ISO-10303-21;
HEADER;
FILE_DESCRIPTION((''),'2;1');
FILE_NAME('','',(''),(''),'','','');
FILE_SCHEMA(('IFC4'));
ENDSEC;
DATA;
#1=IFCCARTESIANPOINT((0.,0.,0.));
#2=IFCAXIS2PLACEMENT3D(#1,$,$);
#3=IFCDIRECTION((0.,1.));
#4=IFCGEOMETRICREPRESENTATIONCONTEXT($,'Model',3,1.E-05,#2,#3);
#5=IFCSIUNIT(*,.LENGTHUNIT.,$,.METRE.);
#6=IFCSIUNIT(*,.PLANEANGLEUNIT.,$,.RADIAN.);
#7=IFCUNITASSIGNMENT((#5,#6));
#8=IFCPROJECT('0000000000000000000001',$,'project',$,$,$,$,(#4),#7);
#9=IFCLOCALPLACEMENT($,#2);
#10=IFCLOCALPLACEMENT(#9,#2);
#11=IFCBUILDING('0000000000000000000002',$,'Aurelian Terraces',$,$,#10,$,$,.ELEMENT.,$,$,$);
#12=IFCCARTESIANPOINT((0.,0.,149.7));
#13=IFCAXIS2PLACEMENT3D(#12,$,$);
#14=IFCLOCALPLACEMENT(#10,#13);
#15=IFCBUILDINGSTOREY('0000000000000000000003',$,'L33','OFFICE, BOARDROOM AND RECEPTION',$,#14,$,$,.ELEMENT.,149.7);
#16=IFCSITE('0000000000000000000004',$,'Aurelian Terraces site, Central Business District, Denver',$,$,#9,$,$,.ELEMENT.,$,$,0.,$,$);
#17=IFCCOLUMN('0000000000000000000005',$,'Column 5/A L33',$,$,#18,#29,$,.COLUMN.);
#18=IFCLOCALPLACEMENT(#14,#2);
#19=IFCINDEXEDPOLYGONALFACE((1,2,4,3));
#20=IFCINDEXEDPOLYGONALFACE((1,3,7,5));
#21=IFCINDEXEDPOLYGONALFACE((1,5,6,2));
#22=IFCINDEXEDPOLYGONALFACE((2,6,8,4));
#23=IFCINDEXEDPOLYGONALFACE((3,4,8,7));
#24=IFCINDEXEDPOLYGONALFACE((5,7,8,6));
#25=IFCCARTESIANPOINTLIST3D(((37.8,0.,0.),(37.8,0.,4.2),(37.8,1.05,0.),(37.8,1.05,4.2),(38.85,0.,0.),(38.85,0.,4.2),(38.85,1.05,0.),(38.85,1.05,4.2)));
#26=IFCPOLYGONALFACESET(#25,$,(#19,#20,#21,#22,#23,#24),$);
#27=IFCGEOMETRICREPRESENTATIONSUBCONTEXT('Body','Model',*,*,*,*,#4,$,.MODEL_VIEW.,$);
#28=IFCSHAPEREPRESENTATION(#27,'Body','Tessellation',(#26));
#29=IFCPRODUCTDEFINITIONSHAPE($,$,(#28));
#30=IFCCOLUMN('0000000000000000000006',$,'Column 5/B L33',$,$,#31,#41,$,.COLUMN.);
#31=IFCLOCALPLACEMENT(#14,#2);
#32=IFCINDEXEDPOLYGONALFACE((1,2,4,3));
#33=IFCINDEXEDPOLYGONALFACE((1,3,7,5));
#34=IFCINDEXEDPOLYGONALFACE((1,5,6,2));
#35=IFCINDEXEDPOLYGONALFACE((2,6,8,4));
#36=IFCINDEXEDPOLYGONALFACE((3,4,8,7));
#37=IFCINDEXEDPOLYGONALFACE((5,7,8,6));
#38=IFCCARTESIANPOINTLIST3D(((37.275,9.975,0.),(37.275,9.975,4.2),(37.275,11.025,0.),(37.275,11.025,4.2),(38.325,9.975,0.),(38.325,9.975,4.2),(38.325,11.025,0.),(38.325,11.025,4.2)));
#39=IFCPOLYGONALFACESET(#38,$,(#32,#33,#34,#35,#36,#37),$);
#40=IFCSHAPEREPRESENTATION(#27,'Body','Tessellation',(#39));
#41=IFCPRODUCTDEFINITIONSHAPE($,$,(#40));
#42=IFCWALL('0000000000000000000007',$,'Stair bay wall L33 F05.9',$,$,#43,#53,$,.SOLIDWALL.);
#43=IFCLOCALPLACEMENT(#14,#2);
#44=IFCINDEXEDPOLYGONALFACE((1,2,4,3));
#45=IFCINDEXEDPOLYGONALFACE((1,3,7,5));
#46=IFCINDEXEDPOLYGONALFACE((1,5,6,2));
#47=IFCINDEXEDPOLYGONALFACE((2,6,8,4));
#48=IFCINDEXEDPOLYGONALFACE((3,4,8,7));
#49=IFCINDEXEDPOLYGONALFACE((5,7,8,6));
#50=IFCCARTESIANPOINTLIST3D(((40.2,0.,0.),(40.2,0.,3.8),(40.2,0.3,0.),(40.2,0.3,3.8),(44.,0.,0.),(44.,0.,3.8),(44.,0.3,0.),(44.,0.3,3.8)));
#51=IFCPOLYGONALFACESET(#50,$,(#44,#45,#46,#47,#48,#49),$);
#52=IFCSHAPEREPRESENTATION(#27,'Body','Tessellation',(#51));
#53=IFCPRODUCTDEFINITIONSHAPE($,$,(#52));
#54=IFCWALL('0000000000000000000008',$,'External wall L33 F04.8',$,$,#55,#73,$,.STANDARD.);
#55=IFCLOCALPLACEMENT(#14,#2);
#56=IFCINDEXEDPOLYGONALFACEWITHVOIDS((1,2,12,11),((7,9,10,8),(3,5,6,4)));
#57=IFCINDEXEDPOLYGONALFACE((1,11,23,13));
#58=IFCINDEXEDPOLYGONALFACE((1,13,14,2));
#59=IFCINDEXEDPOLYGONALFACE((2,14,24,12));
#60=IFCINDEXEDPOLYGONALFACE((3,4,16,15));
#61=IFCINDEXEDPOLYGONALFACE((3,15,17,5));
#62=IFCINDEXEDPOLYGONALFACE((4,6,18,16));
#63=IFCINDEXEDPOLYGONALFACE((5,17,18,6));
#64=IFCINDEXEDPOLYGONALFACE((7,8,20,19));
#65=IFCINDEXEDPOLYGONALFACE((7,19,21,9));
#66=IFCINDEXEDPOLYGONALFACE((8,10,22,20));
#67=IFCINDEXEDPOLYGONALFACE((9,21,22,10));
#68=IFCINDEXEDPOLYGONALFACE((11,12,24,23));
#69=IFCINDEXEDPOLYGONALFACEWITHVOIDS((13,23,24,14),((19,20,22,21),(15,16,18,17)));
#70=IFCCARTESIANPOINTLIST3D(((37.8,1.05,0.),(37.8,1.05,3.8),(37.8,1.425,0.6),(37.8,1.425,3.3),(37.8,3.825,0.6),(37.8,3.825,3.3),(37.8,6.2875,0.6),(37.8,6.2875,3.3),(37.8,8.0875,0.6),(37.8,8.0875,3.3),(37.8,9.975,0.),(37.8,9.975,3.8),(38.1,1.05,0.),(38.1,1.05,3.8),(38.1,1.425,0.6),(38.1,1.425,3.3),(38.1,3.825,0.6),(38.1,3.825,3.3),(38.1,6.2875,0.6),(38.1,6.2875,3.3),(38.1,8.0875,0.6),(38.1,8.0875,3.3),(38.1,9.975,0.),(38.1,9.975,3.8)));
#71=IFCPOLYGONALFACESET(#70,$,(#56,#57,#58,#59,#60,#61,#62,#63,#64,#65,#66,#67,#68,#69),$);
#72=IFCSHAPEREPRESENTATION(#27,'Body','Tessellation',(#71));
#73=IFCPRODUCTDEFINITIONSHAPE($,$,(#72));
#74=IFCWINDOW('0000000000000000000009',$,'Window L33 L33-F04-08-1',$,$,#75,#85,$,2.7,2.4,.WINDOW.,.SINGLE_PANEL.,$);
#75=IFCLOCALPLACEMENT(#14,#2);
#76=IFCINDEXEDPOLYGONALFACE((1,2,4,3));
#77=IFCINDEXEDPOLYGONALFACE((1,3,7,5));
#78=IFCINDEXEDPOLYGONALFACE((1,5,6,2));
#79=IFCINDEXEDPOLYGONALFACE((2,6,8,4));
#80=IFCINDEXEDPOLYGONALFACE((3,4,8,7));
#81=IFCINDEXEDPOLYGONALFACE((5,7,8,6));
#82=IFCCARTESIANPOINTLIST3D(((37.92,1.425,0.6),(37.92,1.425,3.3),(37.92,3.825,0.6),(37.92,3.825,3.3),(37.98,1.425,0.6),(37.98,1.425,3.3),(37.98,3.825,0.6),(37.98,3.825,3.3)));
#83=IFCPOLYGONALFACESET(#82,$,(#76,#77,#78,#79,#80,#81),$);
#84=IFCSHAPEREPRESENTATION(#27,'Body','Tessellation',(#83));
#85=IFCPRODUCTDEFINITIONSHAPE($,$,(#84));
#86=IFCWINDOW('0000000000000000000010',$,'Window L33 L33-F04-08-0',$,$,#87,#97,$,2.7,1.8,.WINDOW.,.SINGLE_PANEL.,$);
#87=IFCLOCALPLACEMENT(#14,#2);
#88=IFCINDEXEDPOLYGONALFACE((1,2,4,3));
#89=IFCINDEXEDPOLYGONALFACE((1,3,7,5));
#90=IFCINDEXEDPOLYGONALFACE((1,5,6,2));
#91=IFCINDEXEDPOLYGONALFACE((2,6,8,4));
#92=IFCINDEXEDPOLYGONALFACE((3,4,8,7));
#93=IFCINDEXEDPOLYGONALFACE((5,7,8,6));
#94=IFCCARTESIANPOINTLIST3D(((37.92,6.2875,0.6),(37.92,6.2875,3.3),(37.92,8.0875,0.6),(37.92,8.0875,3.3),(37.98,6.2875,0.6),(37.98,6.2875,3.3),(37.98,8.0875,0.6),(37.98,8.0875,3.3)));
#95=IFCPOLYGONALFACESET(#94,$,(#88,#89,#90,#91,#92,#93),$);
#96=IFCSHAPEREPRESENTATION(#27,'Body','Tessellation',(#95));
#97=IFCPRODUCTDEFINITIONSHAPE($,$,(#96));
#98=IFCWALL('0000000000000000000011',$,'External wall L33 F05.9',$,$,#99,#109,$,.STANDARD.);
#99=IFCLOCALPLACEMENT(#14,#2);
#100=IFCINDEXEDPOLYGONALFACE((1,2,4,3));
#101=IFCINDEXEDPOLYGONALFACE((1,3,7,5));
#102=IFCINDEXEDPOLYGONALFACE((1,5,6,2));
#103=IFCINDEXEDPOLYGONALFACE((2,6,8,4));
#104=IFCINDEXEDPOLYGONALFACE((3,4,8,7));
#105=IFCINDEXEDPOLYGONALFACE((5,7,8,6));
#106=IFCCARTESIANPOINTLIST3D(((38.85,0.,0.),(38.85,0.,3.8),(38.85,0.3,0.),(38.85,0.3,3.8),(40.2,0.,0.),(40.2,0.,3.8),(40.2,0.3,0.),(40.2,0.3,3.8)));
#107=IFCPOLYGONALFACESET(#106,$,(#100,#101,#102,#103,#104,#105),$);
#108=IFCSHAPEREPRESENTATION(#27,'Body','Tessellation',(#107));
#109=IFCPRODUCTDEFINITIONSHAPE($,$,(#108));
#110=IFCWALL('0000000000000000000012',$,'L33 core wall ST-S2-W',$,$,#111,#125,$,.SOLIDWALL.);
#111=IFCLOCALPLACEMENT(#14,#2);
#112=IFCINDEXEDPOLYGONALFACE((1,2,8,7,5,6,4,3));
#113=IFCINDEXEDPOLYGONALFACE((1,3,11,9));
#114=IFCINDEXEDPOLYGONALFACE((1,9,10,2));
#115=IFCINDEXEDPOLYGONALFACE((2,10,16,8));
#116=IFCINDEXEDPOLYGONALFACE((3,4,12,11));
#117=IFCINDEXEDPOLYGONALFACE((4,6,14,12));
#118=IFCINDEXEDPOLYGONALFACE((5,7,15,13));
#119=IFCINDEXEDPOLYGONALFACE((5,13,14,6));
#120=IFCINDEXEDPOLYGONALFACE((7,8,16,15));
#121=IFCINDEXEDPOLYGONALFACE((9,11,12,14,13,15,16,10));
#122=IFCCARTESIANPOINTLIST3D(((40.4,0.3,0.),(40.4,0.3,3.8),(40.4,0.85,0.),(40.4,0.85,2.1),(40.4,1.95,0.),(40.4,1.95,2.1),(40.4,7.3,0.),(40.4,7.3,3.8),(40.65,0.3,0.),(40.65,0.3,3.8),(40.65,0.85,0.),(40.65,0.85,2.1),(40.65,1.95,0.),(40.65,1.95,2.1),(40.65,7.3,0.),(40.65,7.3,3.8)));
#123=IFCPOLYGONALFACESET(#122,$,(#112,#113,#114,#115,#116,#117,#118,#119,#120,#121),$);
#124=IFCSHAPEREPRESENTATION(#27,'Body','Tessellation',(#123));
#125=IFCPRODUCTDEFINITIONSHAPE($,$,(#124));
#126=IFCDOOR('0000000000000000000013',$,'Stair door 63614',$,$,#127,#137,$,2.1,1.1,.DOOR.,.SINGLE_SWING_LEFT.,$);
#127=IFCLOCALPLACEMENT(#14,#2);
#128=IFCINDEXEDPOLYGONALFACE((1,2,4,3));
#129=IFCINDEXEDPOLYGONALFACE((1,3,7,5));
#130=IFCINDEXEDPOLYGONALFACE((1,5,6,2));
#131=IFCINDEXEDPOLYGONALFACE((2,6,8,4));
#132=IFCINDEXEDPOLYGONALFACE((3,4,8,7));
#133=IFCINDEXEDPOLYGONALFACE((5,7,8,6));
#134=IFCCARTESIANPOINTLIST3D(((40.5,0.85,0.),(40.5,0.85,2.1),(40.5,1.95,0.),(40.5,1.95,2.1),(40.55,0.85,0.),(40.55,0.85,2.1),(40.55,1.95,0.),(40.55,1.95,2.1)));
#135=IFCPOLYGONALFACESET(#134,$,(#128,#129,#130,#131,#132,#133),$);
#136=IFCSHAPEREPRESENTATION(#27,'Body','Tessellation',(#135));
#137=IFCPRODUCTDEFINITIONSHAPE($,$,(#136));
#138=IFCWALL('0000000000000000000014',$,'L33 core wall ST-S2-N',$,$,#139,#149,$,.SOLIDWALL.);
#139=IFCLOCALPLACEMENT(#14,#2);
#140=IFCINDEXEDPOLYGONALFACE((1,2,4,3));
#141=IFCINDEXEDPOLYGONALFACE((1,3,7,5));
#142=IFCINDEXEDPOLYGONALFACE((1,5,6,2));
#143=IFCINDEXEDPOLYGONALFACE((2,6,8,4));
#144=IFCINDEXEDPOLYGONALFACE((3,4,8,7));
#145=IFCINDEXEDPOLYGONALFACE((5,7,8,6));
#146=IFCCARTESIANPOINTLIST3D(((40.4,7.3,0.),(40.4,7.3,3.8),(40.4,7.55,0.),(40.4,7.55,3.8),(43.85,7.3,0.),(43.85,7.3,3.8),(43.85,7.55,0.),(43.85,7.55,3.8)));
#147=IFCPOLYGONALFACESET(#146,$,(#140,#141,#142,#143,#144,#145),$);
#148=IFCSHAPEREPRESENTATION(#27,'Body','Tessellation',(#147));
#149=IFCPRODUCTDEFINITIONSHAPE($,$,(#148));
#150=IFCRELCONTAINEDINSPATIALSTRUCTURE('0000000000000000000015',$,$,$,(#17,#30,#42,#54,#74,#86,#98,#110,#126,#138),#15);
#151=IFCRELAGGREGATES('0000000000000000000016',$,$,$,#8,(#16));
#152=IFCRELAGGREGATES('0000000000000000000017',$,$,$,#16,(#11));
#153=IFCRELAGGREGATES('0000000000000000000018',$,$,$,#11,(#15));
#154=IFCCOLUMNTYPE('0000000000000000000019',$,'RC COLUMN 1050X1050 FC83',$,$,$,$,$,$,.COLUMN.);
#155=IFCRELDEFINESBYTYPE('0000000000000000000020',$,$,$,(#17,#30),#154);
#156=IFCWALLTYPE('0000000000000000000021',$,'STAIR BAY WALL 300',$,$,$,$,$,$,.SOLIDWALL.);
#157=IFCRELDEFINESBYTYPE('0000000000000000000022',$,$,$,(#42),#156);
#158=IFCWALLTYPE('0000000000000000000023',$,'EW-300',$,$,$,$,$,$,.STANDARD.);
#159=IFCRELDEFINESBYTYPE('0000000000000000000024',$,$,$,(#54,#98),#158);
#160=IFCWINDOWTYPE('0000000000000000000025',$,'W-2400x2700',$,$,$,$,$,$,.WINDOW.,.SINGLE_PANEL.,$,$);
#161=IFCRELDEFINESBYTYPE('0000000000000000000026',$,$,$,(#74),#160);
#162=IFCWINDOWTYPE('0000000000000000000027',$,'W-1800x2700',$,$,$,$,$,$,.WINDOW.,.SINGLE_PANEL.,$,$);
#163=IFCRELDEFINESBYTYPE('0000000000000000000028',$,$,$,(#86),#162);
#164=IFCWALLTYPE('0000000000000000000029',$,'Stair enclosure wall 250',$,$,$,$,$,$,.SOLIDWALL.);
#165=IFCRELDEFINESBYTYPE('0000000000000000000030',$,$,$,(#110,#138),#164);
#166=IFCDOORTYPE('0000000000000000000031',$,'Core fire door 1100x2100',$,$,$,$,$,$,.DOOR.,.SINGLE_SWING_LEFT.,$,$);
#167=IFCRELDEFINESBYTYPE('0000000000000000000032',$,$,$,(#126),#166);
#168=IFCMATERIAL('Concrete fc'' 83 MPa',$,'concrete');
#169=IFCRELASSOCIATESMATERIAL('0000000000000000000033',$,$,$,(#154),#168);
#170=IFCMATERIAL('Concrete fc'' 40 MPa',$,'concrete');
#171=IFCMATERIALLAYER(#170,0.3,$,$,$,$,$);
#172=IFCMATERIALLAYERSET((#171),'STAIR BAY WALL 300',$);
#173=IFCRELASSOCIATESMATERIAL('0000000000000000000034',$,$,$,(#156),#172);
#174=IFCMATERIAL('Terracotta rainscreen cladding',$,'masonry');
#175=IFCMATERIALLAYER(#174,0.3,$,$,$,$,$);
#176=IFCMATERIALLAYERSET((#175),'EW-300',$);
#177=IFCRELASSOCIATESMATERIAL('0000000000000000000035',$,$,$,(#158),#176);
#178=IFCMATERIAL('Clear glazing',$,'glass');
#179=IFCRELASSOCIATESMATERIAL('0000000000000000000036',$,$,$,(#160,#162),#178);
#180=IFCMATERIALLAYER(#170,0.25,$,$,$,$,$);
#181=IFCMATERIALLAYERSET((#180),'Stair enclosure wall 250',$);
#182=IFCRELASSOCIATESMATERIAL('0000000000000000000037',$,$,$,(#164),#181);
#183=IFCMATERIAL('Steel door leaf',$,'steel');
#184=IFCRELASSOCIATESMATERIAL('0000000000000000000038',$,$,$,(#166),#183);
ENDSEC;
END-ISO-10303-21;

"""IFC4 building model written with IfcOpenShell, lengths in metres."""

from ifc_helpers import new_model, si_unit, direction, frame, frame_2d, origin, origin_2d, place, context, subcontext, project, spatial, rectangle, extrude, source, transform, mapped, material, layer, layer_set, material_profile, profile_set, type_object, element, fill, save


model = new_model("IFC4")

# Units and contexts
model_context = context("Model", 3, precision=1e-05, world=origin(), true_north=direction((0.0, 1.0)))
body_context = subcontext(model_context, "Body", "Model", "MODEL_VIEW")
ifc_project = project(units=[si_unit("LENGTHUNIT", "METRE"), si_unit("PLANEANGLEUNIT", "RADIAN")], contexts=[model_context])

# Site, building, storey
site_placement = place(None, origin())
site = spatial("IfcSite", under=ifc_project, at=site_placement, Name="Aurelian Terraces site, Central Business District, Denver", CompositionType="ELEMENT", RefElevation=0.0)
building_placement = place(site_placement, origin())
building = spatial("IfcBuilding", under=site, at=building_placement, Name="Aurelian Terraces", CompositionType="ELEMENT")
storey_placement = place(building_placement, frame((0.0, 0.0, 149.7)))
storey = spatial("IfcBuildingStorey", under=building, at=storey_placement, Name="L33", Description="OFFICE, BOARDROOM AND RECEPTION", CompositionType="ELEMENT", Elevation=149.7)

# Columns
ifc_material_1 = material(Name="Concrete fc' 83 MPa", Category="concrete")
ifc_material_profile = material_profile(ifc_material_1, rectangle(XDim=1.05, YDim=1.05, at=origin_2d()))
ifc_profile_set = profile_set([ifc_material_profile], Name="Concrete fc' 83 MPa")
column_type = type_object("IfcColumnType", Name="RC COLUMN 1050X1050 FC83", PredefinedType="COLUMN", material=ifc_profile_set)
shared_shape_1 = source(origin(), body_context, "Body", "SweptSolid", [
    extrude(rectangle(XDim=1.05, YDim=1.05, at=origin_2d()), origin(), (0.0, 0.0, 1.0), 4.2),
])
for number, where, z_axis, x_axis, name in (
    (1, (38.325, 0.525, 0.0), (0.0, 0.0, 1.0), (1.0, 0.0, 0.0), "Column 5/A L33"),
    (2, (37.8, 10.5, 0.0), (0.0, 0.0, 1.0), (1.0, 0.0, 0.0), "Column 5/B L33"),
):
    element("IfcColumn", number, at=place(storey_placement, frame(where, z_axis=z_axis, x_axis=x_axis)), inside=storey, type_object=column_type, Name=name, PredefinedType="COLUMN", context=body_context, shape_type="MappedRepresentation", body=[
        mapped(shared_shape_1, transform((0.0, 0.0, 0.0), scale=1.0)),
    ])

# Wall
ifc_material_2 = material(Name="Concrete fc' 40 MPa", Category="concrete")
ifc_layer_1 = layer(ifc_material_2, 0.3)
ifc_layer_set_1 = layer_set([ifc_layer_1], Name="STAIR BAY WALL 300")
wall_type_1 = type_object("IfcWallType", Name="STAIR BAY WALL 300", PredefinedType="SOLIDWALL", material=ifc_layer_set_1)
shared_shape_2 = source(origin(), body_context, "Body", "SweptSolid", [
    extrude(rectangle(XDim=3.8, YDim=0.3, at=frame_2d((1.9, 0.0))), origin(), (0.0, 0.0, 1.0), 3.8),
])
wall_1_placement = place(storey_placement, frame((40.2, 0.15, 0.0), z_axis=(0.0, 0.0, 1.0), x_axis=(1.0, 0.0, 0.0)))
element("IfcWall", 3, at=wall_1_placement, inside=storey, type_object=wall_type_1, Name="Stair bay wall L33 F05.9", PredefinedType="SOLIDWALL", context=body_context, shape_type="MappedRepresentation", body=[
    mapped(shared_shape_2, transform((0.0, 0.0, 0.0), scale=1.0)),
])

# Wall, openings, windows
ifc_material_3 = material(Name="Terracotta rainscreen cladding", Category="masonry")
ifc_layer_2 = layer(ifc_material_3, 0.3)
ifc_layer_set_2 = layer_set([ifc_layer_2], Name="EW-300")
wall_type_2 = type_object("IfcWallType", Name="EW-300", PredefinedType="STANDARD", material=ifc_layer_set_2)
shared_shape_3 = source(origin(), body_context, "Body", "SweptSolid", [
    extrude(rectangle(XDim=8.925, YDim=0.3, at=frame_2d((4.4625, 0.0))), origin(), (0.0, 0.0, 1.0), 3.8),
])
wall_2_placement = place(storey_placement, frame((37.95, 9.975, 0.0), z_axis=(0.0, 0.0, 1.0), x_axis=(0.0, -1.0, 0.0)))
wall_2 = element("IfcWall", 4, at=wall_2_placement, inside=storey, type_object=wall_type_2, Name="External wall L33 F04.8", PredefinedType="STANDARD", context=body_context, shape_type="MappedRepresentation", body=[
    mapped(shared_shape_3, transform((0.0, 0.0, 0.0), scale=1.0)),
])
shared_shape_4 = source(origin(), body_context, "Body", "SweptSolid", [
    extrude(rectangle(XDim=1.8, YDim=2.7, at=frame_2d((0.9, 1.35))), frame((0.0, 0.16, 0.0), z_axis=(0.0, -1.0, 0.0), x_axis=(1.0, 0.0, 0.0)), (0.0, 0.0, 1.0), 0.32),
])
opening_1_placement = place(wall_2_placement, frame((1.8875, 0.0, 0.6)))
opening_1 = element("IfcOpeningElement", 5, at=opening_1_placement, cuts=wall_2, PredefinedType="OPENING", context=body_context, shape_type="MappedRepresentation", body=[
    mapped(shared_shape_4, transform((0.0, 0.0, 0.0), scale=1.0)),
])
shared_shape_5 = source(origin(), body_context, "Body", "SweptSolid", [
    extrude(rectangle(XDim=2.4, YDim=2.7, at=frame_2d((1.2, 1.35))), frame((0.0, 0.16, 0.0), z_axis=(0.0, -1.0, 0.0), x_axis=(1.0, 0.0, 0.0)), (0.0, 0.0, 1.0), 0.32),
])
opening_2_placement = place(wall_2_placement, frame((6.15, 0.0, 0.6)))
opening_2 = element("IfcOpeningElement", 6, at=opening_2_placement, cuts=wall_2, PredefinedType="OPENING", context=body_context, shape_type="MappedRepresentation", body=[
    mapped(shared_shape_5, transform((0.0, 0.0, 0.0), scale=1.0)),
])
ifc_material_4 = material(Name="Clear glazing", Category="glass")
window_type_1 = type_object("IfcWindowType", Name="W-2400x2700", PartitioningType="SINGLE_PANEL", PredefinedType="WINDOW", material=ifc_material_4)
shared_shape_6 = source(origin(), body_context, "Body", "SweptSolid", [
    extrude(rectangle(XDim=2.4, YDim=2.7, at=frame_2d((1.2, 1.35))), frame((0.0, 0.03, 0.0), z_axis=(0.0, -1.0, 0.0), x_axis=(1.0, 0.0, 0.0)), (0.0, 0.0, 1.0), 0.06),
])
window_1_placement = place(opening_2_placement, origin())
window_1 = element("IfcWindow", 7, at=window_1_placement, inside=storey, type_object=window_type_1, Name="Window L33 L33-F04-08-1", OverallHeight=2.7, OverallWidth=2.4, PartitioningType="SINGLE_PANEL", PredefinedType="WINDOW", context=body_context, shape_type="MappedRepresentation", body=[
    mapped(shared_shape_6, transform((0.0, 0.0, 0.0), scale=1.0)),
])
fill(opening_2, window_1)
window_type_2 = type_object("IfcWindowType", Name="W-1800x2700", PartitioningType="SINGLE_PANEL", PredefinedType="WINDOW", material=ifc_material_4)
shared_shape_7 = source(origin(), body_context, "Body", "SweptSolid", [
    extrude(rectangle(XDim=1.8, YDim=2.7, at=frame_2d((0.9, 1.35))), frame((0.0, 0.03, 0.0), z_axis=(0.0, -1.0, 0.0), x_axis=(1.0, 0.0, 0.0)), (0.0, 0.0, 1.0), 0.06),
])
window_2_placement = place(opening_1_placement, origin())
window_2 = element("IfcWindow", 8, at=window_2_placement, inside=storey, type_object=window_type_2, Name="Window L33 L33-F04-08-0", OverallHeight=2.7, OverallWidth=1.8, PartitioningType="SINGLE_PANEL", PredefinedType="WINDOW", context=body_context, shape_type="MappedRepresentation", body=[
    mapped(shared_shape_7, transform((0.0, 0.0, 0.0), scale=1.0)),
])
fill(opening_1, window_2)

# Wall
shared_shape_8 = source(origin(), body_context, "Body", "SweptSolid", [
    extrude(rectangle(XDim=1.35, YDim=0.3, at=frame_2d((0.675, 0.0))), origin(), (0.0, 0.0, 1.0), 3.8),
])
wall_3_placement = place(storey_placement, frame((38.85, 0.15, 0.0), z_axis=(0.0, 0.0, 1.0), x_axis=(1.0, 0.0, 0.0)))
element("IfcWall", 9, at=wall_3_placement, inside=storey, type_object=wall_type_2, Name="External wall L33 F05.9", PredefinedType="STANDARD", context=body_context, shape_type="MappedRepresentation", body=[
    mapped(shared_shape_8, transform((0.0, 0.0, 0.0), scale=1.0)),
])

# Wall, opening, door
ifc_layer_3 = layer(ifc_material_2, 0.25)
ifc_layer_set_3 = layer_set([ifc_layer_3], Name="Stair enclosure wall 250")
wall_type_3 = type_object("IfcWallType", Name="Stair enclosure wall 250", PredefinedType="SOLIDWALL", material=ifc_layer_set_3)
shared_shape_9 = source(origin(), body_context, "Body", "SweptSolid", [
    extrude(rectangle(XDim=7.0, YDim=0.25, at=frame_2d((3.5, 0.0))), origin(), (0.0, 0.0, 1.0), 3.8),
])
wall_4_placement = place(storey_placement, frame((40.525, 0.3, 0.0), z_axis=(0.0, 0.0, 1.0), x_axis=(0.0, 1.0, 0.0)))
wall_4 = element("IfcWall", 10, at=wall_4_placement, inside=storey, type_object=wall_type_3, Name="L33 core wall ST-S2-W", PredefinedType="SOLIDWALL", context=body_context, shape_type="MappedRepresentation", body=[
    mapped(shared_shape_9, transform((0.0, 0.0, 0.0), scale=1.0)),
])
shared_shape_10 = source(origin(), body_context, "Body", "SweptSolid", [
    extrude(rectangle(XDim=1.1, YDim=2.1, at=frame_2d((0.55, 1.05))), frame((0.0, 0.135, 0.0), z_axis=(0.0, -1.0, 0.0), x_axis=(1.0, 0.0, 0.0)), (0.0, 0.0, 1.0), 0.27),
])
opening_3_placement = place(wall_4_placement, frame((0.55, 0.0, 0.0)))
opening_3 = element("IfcOpeningElement", 11, at=opening_3_placement, cuts=wall_4, PredefinedType="OPENING", context=body_context, shape_type="MappedRepresentation", body=[
    mapped(shared_shape_10, transform((0.0, 0.0, 0.0), scale=1.0)),
])
ifc_material_5 = material(Name="Steel door leaf", Category="steel")
door_type_1 = type_object("IfcDoorType", Name="Core fire door 1100x2100", OperationType="SINGLE_SWING_LEFT", PredefinedType="DOOR", material=ifc_material_5)
shared_shape_11 = source(origin(), body_context, "Body", "SweptSolid", [
    extrude(rectangle(XDim=1.1, YDim=2.1, at=frame_2d((0.55, 1.05))), frame((0.0, 0.025, 0.0), z_axis=(0.0, -1.0, 0.0), x_axis=(1.0, 0.0, 0.0)), (0.0, 0.0, 1.0), 0.05),
])
door_1_placement = place(opening_3_placement, origin())
door_1 = element("IfcDoor", 12, at=door_1_placement, inside=storey, type_object=door_type_1, Name="Stair door 63614", OperationType="SINGLE_SWING_LEFT", OverallHeight=2.1, OverallWidth=1.1, PredefinedType="DOOR", context=body_context, shape_type="MappedRepresentation", body=[
    mapped(shared_shape_11, transform((0.0, 0.0, 0.0), scale=1.0)),
])
fill(opening_3, door_1)

# Wall
shared_shape_12 = source(origin(), body_context, "Body", "SweptSolid", [
    extrude(rectangle(XDim=3.45, YDim=0.25, at=frame_2d((1.725, 0.0))), origin(), (0.0, 0.0, 1.0), 3.8),
])
wall_5_placement = place(storey_placement, frame((40.4, 7.425, 0.0), z_axis=(0.0, 0.0, 1.0), x_axis=(1.0, 0.0, 0.0)))
element("IfcWall", 13, at=wall_5_placement, inside=storey, type_object=wall_type_3, Name="L33 core wall ST-S2-N", PredefinedType="SOLIDWALL", context=body_context, shape_type="MappedRepresentation", body=[
    mapped(shared_shape_12, transform((0.0, 0.0, 0.0), scale=1.0)),
])

save(model, "model.ifc")
